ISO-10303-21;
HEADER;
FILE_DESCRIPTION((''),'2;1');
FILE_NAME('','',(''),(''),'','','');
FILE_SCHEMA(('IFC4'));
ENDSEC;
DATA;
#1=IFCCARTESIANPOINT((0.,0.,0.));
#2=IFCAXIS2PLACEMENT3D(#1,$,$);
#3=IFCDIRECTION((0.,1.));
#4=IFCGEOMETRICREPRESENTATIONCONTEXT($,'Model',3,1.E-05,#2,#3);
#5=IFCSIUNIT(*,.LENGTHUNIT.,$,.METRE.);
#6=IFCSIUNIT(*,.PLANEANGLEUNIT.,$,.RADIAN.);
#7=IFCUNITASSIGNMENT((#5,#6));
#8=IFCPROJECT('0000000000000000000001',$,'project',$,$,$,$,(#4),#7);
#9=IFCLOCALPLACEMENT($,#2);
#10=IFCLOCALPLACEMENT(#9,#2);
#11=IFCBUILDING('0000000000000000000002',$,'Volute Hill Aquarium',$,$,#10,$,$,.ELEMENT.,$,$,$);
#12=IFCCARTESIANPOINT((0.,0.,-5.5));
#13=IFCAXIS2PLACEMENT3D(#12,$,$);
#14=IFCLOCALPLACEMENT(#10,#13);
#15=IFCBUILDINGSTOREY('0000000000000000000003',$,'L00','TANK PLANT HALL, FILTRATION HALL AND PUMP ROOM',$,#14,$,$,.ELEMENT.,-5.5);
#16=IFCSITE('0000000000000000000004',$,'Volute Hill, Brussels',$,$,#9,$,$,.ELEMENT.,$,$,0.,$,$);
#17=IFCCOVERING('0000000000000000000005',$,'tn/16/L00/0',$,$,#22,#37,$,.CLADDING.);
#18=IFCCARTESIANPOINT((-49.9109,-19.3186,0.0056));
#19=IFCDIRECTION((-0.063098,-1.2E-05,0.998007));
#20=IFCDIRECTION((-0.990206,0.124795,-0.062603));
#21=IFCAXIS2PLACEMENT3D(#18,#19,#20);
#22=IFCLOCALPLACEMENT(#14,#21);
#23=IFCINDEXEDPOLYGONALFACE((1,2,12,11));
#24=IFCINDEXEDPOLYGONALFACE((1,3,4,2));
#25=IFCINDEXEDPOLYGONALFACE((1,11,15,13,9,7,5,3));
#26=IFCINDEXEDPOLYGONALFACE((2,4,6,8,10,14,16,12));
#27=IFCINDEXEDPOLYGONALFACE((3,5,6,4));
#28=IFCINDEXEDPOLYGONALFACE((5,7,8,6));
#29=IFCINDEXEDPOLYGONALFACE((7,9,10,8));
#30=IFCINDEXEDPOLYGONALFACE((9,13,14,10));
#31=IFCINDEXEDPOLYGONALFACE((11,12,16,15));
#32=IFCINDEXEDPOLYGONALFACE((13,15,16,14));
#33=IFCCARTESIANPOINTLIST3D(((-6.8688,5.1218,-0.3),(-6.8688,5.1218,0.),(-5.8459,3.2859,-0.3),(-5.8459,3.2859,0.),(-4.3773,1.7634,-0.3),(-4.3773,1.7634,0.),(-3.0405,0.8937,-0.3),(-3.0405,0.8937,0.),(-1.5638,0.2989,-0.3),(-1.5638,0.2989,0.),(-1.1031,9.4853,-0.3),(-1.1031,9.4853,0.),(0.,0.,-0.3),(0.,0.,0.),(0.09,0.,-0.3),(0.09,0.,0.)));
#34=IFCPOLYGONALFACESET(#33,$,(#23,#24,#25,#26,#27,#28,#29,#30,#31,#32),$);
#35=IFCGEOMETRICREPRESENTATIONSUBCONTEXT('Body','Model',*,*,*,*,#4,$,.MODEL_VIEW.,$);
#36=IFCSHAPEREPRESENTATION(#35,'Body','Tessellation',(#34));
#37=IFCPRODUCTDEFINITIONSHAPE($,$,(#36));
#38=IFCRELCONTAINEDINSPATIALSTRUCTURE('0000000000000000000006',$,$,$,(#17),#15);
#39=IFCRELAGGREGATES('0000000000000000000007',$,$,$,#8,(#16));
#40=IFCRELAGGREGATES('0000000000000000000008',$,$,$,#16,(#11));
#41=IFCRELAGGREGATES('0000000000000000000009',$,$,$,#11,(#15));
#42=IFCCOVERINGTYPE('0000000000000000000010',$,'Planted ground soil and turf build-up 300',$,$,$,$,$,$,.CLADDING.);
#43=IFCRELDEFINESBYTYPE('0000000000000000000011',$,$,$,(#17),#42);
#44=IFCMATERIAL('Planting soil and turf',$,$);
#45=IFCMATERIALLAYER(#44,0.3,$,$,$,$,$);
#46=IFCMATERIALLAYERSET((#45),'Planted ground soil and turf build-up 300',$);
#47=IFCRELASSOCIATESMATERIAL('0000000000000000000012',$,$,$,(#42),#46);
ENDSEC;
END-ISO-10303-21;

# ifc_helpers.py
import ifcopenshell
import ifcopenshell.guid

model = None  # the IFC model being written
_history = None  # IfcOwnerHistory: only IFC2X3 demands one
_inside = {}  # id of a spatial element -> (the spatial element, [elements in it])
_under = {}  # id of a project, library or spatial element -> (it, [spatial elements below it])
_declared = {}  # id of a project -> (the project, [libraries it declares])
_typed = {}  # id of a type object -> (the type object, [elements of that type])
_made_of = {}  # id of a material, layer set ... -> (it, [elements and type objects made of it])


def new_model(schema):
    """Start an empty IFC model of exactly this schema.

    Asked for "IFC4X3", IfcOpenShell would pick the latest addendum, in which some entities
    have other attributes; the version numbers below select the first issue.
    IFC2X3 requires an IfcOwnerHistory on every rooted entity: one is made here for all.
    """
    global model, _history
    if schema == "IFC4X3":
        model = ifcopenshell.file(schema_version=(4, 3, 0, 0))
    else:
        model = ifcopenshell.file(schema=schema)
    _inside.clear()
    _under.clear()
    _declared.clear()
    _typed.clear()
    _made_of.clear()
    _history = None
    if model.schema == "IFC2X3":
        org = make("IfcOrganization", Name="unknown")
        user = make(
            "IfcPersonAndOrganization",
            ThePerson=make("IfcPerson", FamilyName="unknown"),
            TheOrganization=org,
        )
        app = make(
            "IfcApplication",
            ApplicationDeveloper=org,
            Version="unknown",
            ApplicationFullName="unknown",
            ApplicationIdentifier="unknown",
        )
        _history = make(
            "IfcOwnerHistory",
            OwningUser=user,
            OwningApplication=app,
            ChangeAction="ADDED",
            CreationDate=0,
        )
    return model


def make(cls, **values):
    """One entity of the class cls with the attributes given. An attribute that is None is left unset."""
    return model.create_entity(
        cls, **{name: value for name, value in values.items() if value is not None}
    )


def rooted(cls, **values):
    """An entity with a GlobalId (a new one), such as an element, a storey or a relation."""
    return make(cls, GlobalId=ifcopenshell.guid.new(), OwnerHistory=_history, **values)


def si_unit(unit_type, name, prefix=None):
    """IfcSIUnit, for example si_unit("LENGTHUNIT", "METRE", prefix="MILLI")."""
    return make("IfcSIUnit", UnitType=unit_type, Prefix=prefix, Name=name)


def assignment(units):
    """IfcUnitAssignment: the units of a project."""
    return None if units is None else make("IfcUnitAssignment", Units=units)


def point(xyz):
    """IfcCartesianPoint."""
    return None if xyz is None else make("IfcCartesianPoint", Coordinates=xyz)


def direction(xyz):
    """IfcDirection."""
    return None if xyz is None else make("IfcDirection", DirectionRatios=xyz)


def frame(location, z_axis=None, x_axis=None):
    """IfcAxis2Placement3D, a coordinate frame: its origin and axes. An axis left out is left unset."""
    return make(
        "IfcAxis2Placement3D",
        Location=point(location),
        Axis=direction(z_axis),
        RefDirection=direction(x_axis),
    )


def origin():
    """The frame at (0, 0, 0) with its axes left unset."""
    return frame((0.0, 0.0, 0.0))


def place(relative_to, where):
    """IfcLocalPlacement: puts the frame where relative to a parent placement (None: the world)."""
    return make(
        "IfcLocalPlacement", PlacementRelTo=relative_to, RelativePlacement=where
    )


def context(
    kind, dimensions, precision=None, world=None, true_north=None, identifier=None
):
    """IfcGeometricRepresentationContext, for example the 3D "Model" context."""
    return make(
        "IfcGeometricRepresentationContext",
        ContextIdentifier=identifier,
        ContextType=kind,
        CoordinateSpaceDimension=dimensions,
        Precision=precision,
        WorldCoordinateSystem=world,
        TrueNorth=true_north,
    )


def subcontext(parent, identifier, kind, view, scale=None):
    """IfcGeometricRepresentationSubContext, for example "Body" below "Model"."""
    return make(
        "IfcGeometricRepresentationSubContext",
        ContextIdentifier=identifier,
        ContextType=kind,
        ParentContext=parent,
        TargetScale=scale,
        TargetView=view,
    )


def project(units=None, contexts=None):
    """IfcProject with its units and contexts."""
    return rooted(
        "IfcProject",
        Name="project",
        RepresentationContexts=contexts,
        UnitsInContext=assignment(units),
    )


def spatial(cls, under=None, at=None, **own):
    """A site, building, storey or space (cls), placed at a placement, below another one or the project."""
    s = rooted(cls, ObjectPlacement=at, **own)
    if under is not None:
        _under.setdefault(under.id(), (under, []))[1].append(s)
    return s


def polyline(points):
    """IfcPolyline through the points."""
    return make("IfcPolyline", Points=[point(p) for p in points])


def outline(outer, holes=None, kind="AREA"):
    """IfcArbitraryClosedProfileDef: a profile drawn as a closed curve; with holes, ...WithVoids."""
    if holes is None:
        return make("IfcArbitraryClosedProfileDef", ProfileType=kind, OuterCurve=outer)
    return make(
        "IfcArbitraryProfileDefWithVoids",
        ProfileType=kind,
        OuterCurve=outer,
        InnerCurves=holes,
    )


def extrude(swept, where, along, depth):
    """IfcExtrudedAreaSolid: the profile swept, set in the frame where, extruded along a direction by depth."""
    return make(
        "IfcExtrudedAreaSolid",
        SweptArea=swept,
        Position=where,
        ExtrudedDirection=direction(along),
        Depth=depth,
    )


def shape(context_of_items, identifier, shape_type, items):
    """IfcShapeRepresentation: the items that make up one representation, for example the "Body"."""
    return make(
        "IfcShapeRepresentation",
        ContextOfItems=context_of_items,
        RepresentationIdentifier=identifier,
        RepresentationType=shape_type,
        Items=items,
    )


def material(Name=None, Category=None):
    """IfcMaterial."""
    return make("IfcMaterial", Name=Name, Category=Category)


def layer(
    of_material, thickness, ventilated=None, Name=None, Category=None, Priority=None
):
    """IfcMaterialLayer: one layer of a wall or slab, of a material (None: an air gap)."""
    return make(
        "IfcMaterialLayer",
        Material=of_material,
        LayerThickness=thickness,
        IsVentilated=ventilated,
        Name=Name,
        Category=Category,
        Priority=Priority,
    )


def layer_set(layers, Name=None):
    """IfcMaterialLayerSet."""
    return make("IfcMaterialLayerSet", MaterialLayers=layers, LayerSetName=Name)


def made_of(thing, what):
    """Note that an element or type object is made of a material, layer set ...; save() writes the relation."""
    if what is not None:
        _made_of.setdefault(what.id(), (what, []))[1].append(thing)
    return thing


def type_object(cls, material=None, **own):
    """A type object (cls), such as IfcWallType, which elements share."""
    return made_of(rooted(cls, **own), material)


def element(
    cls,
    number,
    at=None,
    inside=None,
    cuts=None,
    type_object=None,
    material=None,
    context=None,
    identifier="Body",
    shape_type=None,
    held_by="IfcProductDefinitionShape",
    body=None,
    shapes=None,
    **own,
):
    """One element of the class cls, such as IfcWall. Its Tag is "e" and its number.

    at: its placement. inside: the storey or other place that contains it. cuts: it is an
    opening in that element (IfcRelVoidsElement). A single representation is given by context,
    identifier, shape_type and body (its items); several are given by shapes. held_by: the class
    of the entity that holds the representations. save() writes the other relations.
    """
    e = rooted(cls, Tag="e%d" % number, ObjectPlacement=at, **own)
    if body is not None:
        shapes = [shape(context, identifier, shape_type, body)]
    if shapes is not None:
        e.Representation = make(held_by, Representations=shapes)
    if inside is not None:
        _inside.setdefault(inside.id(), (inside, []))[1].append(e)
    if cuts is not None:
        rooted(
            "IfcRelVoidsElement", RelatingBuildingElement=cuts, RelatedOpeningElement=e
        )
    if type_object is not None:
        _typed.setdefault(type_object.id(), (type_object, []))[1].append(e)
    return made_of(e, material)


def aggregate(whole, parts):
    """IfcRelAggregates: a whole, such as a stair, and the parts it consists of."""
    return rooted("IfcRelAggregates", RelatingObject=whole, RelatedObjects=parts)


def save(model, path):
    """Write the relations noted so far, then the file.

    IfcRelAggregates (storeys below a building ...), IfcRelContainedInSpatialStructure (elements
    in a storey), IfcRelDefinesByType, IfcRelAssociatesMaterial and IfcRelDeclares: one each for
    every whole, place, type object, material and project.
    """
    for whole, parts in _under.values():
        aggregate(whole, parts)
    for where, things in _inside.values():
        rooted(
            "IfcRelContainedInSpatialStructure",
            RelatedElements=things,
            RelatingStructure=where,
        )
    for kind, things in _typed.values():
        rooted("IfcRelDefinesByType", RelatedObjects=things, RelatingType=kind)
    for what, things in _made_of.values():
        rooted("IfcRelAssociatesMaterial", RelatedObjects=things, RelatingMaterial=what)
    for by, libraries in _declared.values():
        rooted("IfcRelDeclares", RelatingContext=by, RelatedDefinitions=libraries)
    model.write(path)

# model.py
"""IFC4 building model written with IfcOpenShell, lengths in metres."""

from ifc_helpers import new_model, si_unit, direction, frame, origin, place, context, subcontext, project, spatial, polyline, outline, extrude, material, layer, layer_set, type_object, element, save


model = new_model("IFC4")

# Units and contexts
model_context = context("Model", 3, precision=1e-05, world=origin(), true_north=direction((0.0, 1.0)))
body_context = subcontext(model_context, "Body", "Model", "MODEL_VIEW")
ifc_project = project(units=[si_unit("LENGTHUNIT", "METRE"), si_unit("PLANEANGLEUNIT", "RADIAN")], contexts=[model_context])

# Site, building, storey
site_placement = place(None, origin())
site = spatial("IfcSite", under=ifc_project, at=site_placement, Name="Volute Hill, Brussels", CompositionType="ELEMENT", RefElevation=0.0)
building_placement = place(site_placement, origin())
building = spatial("IfcBuilding", under=site, at=building_placement, Name="Volute Hill Aquarium", CompositionType="ELEMENT")
storey_placement = place(building_placement, frame((0.0, 0.0, -5.5)))
storey = spatial("IfcBuildingStorey", under=building, at=storey_placement, Name="L00", Description="TANK PLANT HALL, FILTRATION HALL AND PUMP ROOM", CompositionType="ELEMENT", Elevation=-5.5)

# Covering
ifc_material_1 = material(Name="Planting soil and turf")
ifc_layer_1 = layer(ifc_material_1, 0.3)
ifc_layer_set_1 = layer_set([ifc_layer_1], Name="Planted ground soil and turf build-up 300")
covering_type = type_object("IfcCoveringType", Name="Planted ground soil and turf build-up 300", PredefinedType="CLADDING", material=ifc_layer_set_1)
covering_placement = place(storey_placement, frame((-49.9109, -19.3186, 0.0056), z_axis=(-0.063098, -0.000012, 0.998007), x_axis=(-0.990206, 0.124795, -0.062603)))
element("IfcCovering", 1, at=covering_placement, inside=storey, type_object=covering_type, Name="tn/16/L00/0", PredefinedType="CLADDING", context=body_context, shape_type="SweptSolid", body=[
    extrude(outline(polyline([(0.0, 0.0), (0.09, 0.0), (-1.1031, 9.4853), (-6.8688, 5.1218), (-5.8459, 3.2859), (-4.3773, 1.7634), (-3.0405, 0.8937), (-1.5638, 0.2989), (0.0, 0.0)])), origin(), (0.0, 0.0, -1.0), 0.3),
])

save(model, "model.ifc")
